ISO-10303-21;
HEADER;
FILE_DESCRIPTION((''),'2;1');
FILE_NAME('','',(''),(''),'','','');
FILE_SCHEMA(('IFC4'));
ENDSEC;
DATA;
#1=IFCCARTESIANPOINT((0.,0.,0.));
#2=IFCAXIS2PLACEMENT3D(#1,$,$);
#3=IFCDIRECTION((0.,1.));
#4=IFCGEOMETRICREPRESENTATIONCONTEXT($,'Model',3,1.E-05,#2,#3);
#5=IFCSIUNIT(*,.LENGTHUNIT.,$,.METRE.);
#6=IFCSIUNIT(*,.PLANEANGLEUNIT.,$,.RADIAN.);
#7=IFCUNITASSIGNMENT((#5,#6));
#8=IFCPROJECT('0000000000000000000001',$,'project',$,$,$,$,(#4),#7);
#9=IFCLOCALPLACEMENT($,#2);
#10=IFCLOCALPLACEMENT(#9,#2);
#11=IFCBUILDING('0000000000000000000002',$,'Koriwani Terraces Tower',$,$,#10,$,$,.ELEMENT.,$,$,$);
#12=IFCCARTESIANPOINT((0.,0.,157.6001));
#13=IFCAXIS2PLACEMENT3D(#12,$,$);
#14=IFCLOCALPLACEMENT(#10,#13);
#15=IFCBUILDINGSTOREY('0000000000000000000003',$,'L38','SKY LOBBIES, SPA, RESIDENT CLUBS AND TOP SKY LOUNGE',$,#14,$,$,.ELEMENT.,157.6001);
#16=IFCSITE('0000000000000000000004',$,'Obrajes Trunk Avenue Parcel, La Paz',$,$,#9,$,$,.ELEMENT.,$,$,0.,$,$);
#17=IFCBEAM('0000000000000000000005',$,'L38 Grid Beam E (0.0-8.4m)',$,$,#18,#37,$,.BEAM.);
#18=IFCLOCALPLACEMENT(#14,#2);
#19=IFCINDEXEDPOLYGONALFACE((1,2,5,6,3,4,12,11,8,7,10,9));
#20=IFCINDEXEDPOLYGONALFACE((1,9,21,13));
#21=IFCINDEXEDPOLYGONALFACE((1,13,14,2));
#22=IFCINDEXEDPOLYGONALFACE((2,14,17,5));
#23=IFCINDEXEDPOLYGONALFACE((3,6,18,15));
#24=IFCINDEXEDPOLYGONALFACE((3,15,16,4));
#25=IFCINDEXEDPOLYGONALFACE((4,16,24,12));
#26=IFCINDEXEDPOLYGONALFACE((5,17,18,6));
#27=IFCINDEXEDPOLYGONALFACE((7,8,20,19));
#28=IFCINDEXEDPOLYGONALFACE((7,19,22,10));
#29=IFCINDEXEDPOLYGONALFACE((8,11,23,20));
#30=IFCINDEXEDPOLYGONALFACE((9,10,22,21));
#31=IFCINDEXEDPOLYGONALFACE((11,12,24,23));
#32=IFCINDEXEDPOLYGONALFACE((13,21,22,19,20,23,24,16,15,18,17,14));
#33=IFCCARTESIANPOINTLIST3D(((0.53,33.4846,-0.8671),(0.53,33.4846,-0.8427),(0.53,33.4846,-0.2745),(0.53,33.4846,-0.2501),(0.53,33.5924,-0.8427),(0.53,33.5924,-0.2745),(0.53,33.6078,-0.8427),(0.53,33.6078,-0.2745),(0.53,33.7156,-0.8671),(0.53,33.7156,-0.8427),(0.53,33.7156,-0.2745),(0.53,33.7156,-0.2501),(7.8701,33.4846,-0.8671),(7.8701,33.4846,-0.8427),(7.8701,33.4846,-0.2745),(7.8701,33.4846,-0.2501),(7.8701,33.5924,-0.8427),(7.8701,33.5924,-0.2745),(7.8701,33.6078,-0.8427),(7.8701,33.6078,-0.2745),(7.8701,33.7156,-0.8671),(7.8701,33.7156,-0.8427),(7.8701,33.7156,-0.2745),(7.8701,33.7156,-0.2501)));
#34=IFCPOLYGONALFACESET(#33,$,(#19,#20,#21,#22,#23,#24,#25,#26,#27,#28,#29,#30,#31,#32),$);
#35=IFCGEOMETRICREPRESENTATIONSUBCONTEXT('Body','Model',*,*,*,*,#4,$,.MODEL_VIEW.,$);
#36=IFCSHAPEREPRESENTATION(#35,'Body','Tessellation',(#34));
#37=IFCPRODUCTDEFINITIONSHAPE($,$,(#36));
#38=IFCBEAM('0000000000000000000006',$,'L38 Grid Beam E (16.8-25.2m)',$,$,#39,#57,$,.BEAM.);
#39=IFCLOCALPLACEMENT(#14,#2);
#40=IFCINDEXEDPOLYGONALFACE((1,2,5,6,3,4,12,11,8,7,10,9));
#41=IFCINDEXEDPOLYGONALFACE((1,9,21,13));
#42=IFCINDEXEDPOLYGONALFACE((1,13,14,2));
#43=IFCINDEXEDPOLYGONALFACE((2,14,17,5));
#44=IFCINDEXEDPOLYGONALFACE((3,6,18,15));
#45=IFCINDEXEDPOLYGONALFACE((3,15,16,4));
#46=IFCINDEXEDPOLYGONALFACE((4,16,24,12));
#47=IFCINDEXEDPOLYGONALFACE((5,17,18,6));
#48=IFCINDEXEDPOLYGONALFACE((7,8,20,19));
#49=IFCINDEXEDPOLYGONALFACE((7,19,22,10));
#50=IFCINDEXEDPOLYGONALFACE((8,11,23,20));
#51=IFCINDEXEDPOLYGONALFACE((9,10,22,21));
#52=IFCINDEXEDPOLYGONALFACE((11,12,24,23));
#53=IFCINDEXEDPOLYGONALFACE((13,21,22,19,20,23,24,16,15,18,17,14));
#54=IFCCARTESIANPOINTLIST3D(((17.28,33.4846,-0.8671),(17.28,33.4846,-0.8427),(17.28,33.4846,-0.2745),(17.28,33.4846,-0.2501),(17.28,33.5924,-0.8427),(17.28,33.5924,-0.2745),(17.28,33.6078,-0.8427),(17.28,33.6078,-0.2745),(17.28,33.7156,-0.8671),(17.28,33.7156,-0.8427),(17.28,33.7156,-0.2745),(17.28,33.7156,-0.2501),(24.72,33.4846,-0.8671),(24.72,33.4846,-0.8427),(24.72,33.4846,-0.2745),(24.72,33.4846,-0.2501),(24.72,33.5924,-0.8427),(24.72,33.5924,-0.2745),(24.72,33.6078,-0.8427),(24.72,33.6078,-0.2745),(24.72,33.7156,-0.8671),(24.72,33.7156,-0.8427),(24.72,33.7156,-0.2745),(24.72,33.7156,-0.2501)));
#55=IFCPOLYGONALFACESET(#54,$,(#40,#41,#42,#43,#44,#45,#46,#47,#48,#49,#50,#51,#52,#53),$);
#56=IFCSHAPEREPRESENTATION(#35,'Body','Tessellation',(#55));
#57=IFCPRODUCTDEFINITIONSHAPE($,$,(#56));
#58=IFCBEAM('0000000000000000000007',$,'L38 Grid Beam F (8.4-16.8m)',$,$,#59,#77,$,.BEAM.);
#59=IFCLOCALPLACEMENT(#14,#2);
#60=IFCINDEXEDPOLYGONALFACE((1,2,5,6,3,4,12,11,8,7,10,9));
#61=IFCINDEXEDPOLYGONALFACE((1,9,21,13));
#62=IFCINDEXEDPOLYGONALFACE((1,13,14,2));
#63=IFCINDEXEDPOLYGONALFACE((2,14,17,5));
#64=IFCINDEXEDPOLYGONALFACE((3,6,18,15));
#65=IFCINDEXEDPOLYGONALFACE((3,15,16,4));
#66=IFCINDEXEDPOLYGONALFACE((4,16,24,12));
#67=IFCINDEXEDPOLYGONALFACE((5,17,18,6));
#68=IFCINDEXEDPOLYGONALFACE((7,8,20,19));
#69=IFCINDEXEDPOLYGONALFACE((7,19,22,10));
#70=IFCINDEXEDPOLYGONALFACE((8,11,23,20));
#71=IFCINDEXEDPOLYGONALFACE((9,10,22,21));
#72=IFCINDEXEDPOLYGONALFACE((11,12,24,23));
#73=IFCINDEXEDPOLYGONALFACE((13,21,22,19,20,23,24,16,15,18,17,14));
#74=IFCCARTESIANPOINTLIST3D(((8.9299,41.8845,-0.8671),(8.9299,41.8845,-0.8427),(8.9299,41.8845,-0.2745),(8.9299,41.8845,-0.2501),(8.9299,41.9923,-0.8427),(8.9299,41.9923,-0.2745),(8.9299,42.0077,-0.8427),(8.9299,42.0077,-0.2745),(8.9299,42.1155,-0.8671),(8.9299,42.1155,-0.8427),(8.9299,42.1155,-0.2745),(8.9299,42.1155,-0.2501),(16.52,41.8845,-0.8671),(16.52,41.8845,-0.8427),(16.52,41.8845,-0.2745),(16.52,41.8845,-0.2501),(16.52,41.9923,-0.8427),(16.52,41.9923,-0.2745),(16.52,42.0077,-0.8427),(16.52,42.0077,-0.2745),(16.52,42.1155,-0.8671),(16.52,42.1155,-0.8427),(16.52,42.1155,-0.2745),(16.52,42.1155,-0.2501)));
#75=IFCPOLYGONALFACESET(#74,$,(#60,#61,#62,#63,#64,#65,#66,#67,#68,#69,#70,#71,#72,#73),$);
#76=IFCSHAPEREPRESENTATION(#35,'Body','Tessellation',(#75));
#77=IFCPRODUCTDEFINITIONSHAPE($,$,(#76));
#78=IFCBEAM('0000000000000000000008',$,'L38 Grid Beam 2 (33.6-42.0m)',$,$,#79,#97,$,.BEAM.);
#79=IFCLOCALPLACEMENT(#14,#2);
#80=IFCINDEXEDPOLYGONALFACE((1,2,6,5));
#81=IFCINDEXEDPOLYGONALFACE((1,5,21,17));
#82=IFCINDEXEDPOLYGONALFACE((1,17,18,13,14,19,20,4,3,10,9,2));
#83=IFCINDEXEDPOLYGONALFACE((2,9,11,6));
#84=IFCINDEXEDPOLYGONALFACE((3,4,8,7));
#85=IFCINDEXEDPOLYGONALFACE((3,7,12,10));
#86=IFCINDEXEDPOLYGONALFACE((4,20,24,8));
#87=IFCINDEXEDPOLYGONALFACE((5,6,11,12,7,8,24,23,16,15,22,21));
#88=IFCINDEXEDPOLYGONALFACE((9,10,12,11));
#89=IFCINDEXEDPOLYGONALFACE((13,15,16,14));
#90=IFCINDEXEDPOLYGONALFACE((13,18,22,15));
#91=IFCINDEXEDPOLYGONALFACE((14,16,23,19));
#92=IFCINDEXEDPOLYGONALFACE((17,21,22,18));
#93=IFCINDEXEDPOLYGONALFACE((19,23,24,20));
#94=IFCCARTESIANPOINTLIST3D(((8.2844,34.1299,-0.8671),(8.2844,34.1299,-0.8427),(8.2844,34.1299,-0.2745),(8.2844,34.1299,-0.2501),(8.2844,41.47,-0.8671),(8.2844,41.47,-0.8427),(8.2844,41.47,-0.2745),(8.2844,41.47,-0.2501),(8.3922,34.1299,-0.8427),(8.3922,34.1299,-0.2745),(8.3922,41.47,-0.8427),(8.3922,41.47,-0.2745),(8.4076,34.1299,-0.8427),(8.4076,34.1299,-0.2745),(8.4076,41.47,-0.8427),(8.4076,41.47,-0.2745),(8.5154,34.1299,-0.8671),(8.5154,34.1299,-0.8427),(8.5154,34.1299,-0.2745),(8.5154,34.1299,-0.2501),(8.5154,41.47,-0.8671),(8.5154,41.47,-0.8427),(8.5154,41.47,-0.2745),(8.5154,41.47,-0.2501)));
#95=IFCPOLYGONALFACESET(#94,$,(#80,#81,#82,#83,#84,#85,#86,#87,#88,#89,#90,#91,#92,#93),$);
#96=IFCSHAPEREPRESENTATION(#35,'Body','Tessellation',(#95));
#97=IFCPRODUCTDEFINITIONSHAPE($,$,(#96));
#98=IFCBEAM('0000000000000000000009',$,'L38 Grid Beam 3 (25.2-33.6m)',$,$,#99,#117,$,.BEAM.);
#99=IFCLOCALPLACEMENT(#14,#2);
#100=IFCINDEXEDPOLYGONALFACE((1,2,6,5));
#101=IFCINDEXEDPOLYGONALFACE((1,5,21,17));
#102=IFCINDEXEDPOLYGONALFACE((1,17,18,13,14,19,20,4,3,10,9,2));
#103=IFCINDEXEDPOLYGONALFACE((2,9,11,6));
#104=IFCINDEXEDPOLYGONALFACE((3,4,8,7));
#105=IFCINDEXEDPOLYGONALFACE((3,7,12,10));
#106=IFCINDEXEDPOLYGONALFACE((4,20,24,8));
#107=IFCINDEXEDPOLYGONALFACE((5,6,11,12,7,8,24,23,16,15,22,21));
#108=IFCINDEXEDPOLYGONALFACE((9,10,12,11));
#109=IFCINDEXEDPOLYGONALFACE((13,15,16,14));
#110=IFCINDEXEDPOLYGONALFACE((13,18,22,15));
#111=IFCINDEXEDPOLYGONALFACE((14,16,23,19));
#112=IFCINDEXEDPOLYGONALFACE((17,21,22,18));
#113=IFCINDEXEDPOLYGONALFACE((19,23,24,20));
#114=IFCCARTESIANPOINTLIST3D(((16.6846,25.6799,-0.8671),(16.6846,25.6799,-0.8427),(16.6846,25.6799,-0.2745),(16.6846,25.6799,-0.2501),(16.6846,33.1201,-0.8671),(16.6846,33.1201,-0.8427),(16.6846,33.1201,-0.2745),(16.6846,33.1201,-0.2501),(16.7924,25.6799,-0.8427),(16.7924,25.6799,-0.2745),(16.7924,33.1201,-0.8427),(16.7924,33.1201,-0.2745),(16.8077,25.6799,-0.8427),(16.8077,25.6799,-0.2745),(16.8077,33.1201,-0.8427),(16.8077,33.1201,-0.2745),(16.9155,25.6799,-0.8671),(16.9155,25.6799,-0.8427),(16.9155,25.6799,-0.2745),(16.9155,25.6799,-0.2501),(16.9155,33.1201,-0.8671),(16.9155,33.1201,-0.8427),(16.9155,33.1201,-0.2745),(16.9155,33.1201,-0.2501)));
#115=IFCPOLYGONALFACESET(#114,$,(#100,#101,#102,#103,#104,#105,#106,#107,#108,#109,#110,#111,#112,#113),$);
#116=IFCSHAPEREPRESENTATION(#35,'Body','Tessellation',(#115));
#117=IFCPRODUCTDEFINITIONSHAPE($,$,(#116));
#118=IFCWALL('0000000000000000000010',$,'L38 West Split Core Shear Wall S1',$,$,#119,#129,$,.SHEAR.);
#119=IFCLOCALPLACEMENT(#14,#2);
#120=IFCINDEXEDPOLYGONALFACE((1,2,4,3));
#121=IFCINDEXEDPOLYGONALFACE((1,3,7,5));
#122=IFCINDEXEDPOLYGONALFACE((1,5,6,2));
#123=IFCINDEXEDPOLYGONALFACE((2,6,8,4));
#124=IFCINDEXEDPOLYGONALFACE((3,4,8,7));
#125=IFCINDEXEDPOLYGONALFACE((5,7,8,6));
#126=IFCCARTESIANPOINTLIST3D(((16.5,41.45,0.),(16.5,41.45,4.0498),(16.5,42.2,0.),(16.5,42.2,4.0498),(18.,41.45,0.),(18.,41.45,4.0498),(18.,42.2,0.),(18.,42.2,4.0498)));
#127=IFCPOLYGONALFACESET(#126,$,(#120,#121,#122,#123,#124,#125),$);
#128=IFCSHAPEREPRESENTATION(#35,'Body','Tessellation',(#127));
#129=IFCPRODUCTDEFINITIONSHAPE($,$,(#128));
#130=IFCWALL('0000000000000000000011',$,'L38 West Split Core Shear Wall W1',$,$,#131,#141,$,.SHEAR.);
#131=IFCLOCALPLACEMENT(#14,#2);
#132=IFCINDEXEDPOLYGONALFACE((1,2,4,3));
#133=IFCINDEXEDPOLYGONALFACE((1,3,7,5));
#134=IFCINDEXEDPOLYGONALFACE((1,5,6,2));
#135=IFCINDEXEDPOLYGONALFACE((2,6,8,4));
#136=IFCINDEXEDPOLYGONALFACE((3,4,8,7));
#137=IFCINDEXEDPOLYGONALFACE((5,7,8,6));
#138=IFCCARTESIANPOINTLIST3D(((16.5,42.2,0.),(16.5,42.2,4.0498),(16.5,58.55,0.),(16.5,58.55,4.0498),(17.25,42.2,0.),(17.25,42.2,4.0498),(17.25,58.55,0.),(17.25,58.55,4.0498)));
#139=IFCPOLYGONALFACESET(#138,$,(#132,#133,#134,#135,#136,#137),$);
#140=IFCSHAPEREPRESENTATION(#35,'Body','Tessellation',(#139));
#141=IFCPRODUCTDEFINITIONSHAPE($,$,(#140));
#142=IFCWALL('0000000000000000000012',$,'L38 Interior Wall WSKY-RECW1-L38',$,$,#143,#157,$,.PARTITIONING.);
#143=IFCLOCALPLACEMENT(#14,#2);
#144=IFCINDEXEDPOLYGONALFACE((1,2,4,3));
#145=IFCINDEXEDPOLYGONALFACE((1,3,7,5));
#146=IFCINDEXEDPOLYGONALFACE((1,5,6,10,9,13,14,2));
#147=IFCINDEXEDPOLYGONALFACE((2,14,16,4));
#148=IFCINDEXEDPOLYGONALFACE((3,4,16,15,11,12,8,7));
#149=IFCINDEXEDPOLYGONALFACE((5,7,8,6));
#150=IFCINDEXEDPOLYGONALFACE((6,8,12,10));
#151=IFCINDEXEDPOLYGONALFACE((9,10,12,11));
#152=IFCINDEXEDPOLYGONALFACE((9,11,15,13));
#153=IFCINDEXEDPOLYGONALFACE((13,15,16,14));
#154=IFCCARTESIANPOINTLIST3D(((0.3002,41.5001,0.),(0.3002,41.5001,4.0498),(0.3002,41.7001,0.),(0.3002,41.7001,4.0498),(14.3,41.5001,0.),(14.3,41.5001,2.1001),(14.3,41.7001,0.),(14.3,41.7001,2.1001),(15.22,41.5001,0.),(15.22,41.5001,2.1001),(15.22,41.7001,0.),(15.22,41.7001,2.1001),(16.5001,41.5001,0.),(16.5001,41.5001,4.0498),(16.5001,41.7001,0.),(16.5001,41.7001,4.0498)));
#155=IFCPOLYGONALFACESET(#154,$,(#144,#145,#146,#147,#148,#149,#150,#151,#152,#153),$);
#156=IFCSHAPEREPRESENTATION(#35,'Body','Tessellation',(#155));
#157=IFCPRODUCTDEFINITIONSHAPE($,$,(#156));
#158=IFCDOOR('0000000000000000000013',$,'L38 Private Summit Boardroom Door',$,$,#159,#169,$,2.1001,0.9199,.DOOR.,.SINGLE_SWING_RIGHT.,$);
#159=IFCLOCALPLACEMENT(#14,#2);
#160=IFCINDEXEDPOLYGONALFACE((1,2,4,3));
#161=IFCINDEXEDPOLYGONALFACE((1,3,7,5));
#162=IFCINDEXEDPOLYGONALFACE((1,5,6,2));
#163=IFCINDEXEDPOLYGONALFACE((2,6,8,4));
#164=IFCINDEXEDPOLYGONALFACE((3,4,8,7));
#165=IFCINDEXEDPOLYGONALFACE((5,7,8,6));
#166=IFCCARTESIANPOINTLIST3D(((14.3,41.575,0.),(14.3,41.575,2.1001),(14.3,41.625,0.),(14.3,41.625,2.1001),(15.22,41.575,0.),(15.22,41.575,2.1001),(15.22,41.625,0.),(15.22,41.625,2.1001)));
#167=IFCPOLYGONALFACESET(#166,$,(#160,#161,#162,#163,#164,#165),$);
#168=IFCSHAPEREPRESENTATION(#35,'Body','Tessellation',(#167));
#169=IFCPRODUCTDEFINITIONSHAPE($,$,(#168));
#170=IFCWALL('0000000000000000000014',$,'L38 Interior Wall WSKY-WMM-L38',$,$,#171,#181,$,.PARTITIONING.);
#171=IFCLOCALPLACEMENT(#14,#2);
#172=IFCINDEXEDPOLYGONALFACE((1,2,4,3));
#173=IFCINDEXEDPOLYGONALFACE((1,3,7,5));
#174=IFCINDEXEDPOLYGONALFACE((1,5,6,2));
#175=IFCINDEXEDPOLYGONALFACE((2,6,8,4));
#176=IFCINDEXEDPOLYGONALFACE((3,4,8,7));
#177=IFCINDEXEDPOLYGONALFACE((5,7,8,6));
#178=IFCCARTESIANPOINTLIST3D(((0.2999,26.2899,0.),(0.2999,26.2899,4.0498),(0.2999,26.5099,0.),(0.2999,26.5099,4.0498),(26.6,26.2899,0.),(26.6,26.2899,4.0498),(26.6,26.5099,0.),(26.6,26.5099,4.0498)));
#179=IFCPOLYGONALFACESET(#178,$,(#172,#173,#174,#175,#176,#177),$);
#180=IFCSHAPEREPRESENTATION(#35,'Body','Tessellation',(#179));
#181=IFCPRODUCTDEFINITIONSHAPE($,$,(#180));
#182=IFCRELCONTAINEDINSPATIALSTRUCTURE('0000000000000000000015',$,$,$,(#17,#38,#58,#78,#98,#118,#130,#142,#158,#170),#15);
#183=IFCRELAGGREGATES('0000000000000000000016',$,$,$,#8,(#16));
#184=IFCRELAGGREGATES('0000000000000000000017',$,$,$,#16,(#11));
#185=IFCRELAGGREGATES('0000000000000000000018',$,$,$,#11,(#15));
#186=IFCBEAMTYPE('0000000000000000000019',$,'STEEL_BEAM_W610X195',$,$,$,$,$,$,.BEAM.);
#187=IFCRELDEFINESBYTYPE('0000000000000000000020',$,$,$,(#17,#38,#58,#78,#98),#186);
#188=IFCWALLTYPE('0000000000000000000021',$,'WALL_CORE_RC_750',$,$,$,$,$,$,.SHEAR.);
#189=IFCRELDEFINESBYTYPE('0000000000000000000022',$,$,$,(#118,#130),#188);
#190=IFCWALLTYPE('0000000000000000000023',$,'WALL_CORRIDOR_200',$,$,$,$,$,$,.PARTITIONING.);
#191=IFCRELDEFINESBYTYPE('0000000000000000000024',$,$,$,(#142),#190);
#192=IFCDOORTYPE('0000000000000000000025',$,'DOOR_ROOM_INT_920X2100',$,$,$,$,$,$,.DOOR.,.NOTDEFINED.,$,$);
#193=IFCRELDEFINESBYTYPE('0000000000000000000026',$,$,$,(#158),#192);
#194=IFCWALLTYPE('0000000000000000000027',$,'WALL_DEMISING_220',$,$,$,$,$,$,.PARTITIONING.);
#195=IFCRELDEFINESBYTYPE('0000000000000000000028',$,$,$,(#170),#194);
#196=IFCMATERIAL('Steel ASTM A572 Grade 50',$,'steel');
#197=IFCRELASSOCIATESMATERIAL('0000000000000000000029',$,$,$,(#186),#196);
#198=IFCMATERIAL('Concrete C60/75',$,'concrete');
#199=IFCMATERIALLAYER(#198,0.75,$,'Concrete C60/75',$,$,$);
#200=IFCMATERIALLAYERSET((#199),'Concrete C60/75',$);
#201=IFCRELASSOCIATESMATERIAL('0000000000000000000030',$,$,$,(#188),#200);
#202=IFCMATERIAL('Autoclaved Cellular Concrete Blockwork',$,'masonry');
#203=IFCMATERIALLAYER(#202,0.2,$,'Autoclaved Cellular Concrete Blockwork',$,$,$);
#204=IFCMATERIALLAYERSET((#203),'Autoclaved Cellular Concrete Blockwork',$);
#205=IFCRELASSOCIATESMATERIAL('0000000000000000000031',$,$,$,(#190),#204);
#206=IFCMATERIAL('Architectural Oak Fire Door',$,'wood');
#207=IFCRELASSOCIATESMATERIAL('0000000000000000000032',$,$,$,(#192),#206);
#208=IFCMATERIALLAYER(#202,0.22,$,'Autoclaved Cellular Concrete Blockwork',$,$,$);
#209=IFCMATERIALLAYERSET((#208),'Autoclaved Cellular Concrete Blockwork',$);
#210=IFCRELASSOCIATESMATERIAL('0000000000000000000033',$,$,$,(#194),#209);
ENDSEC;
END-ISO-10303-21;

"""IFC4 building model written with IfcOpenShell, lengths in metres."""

from ifc_helpers import new_model, si_unit, direction, frame, frame_2d, origin, origin_2d, place, context, subcontext, project, spatial, rectangle, i_section, extrude, material, layer, layer_set, material_profile, profile_set, type_object, element, fill, save


model = new_model("IFC4")

# Units and contexts
model_context = context("Model", 3, precision=1e-05, world=origin(), true_north=direction((0.0, 1.0)))
body_context = subcontext(model_context, "Body", "Model", "MODEL_VIEW")
ifc_project = project(units=[si_unit("LENGTHUNIT", "METRE"), si_unit("PLANEANGLEUNIT", "RADIAN")], contexts=[model_context])

# Site, building, storey
site_placement = place(None, origin())
site = spatial("IfcSite", under=ifc_project, at=site_placement, Name="Obrajes Trunk Avenue Parcel, La Paz", CompositionType="ELEMENT", RefElevation=0.0)
building_placement = place(site_placement, origin())
building = spatial("IfcBuilding", under=site, at=building_placement, Name="Koriwani Terraces Tower", CompositionType="ELEMENT")
storey_placement = place(building_placement, frame((0.0, 0.0, 157.6001)))
storey = spatial("IfcBuildingStorey", under=building, at=storey_placement, Name="L38", Description="SKY LOBBIES, SPA, RESIDENT CLUBS AND TOP SKY LOUNGE", CompositionType="ELEMENT", Elevation=157.6001)

# Beams
ifc_material_1 = material(Name="Concrete C60/75", Category="concrete")
ifc_material_2 = material(Name="Steel ASTM A572 Grade 50", Category="steel")
ifc_material_profile_1 = material_profile(ifc_material_2, i_section(OverallWidth=0.231, OverallDepth=0.6169, WebThickness=0.0154, FlangeThickness=0.0244, at=origin_2d()), Name="Steel ASTM A572 Grade 50", Category="LoadBearing")
ifc_profile_set_1 = profile_set([ifc_material_profile_1], Name="Steel ASTM A572 Grade 50")
beam_type_1 = type_object("IfcBeamType", Name="STEEL_BEAM_W610X195", PredefinedType="BEAM", material=ifc_profile_set_1)
beam_1_placement = place(storey_placement, frame((0.53, 33.6001, -0.5586), z_axis=(1.0, 0.0, 0.0), x_axis=(0.0, 1.0, 0.0)))
element("IfcBeam", 1, at=beam_1_placement, inside=storey, type_object=beam_type_1, Name="L38 Grid Beam E (0.0-8.4m)", PredefinedType="BEAM", context=body_context, shape_type="SweptSolid", body=[
    extrude(i_section(OverallWidth=0.231, OverallDepth=0.6169, WebThickness=0.0154, FlangeThickness=0.0244, at=origin_2d()), origin(), (0.0, 0.0, 1.0), 7.3401),
])
beam_2_placement = place(storey_placement, frame((17.28, 33.6001, -0.5586), z_axis=(1.0, 0.0, 0.0), x_axis=(0.0, 1.0, 0.0)))
element("IfcBeam", 2, at=beam_2_placement, inside=storey, type_object=beam_type_1, Name="L38 Grid Beam E (16.8-25.2m)", PredefinedType="BEAM", context=body_context, shape_type="SweptSolid", body=[
    extrude(i_section(OverallWidth=0.231, OverallDepth=0.6169, WebThickness=0.0154, FlangeThickness=0.0244, at=origin_2d()), origin(), (0.0, 0.0, 1.0), 7.4399),
])
beam_3_placement = place(storey_placement, frame((8.9299, 42.0, -0.5586), z_axis=(1.0, 0.0, 0.0), x_axis=(0.0, 1.0, 0.0)))
element("IfcBeam", 3, at=beam_3_placement, inside=storey, type_object=beam_type_1, Name="L38 Grid Beam F (8.4-16.8m)", PredefinedType="BEAM", context=body_context, shape_type="SweptSolid", body=[
    extrude(i_section(OverallWidth=0.231, OverallDepth=0.6169, WebThickness=0.0154, FlangeThickness=0.0244, at=origin_2d()), origin(), (0.0, 0.0, 1.0), 7.5901),
])
beam_4_placement = place(storey_placement, frame((8.3999, 34.1299, -0.5586), z_axis=(0.0, 1.0, 0.0), x_axis=(-1.0, 0.0, 0.0)))
element("IfcBeam", 4, at=beam_4_placement, inside=storey, type_object=beam_type_1, Name="L38 Grid Beam 2 (33.6-42.0m)", PredefinedType="BEAM", context=body_context, shape_type="SweptSolid", body=[
    extrude(i_section(OverallWidth=0.231, OverallDepth=0.6169, WebThickness=0.0154, FlangeThickness=0.0244, at=origin_2d()), origin(), (0.0, 0.0, 1.0), 7.3401),
])
beam_5_placement = place(storey_placement, frame((16.8, 25.6799, -0.5586), z_axis=(0.0, 1.0, 0.0), x_axis=(-1.0, 0.0, 0.0)))
element("IfcBeam", 5, at=beam_5_placement, inside=storey, type_object=beam_type_1, Name="L38 Grid Beam 3 (25.2-33.6m)", PredefinedType="BEAM", context=body_context, shape_type="SweptSolid", body=[
    extrude(i_section(OverallWidth=0.231, OverallDepth=0.6169, WebThickness=0.0154, FlangeThickness=0.0244, at=origin_2d()), origin(), (0.0, 0.0, 1.0), 7.4402),
])

# Walls
ifc_layer_1 = layer(ifc_material_1, 0.75, Name="Concrete C60/75")
ifc_layer_set_1 = layer_set([ifc_layer_1], Name="Concrete C60/75")
wall_type_1 = type_object("IfcWallType", Name="WALL_CORE_RC_750", PredefinedType="SHEAR", material=ifc_layer_set_1)
wall_1_placement = place(storey_placement, frame((16.5, 41.825, 0.0), z_axis=(0.0, 0.0, 1.0), x_axis=(1.0, 0.0, 0.0)))
element("IfcWall", 6, at=wall_1_placement, inside=storey, type_object=wall_type_1, Name="L38 West Split Core Shear Wall S1", PredefinedType="SHEAR", context=body_context, shape_type="SweptSolid", body=[
    extrude(rectangle(XDim=1.5, YDim=0.75, at=frame_2d((0.75, 0.0))), origin(), (0.0, 0.0, 1.0), 4.0498),
])
wall_2_placement = place(storey_placement, frame((16.875, 42.2, 0.0), z_axis=(0.0, 0.0, 1.0), x_axis=(0.0, 1.0, 0.0)))
element("IfcWall", 7, at=wall_2_placement, inside=storey, type_object=wall_type_1, Name="L38 West Split Core Shear Wall W1", PredefinedType="SHEAR", context=body_context, shape_type="SweptSolid", body=[
    extrude(rectangle(XDim=16.3501, YDim=0.75, at=frame_2d((8.175, 0.0))), origin(), (0.0, 0.0, 1.0), 4.0498),
])

# Wall, opening, door
ifc_material_3 = material(Name="Autoclaved Cellular Concrete Blockwork", Category="masonry")
ifc_layer_2 = layer(ifc_material_3, 0.2, Name="Autoclaved Cellular Concrete Blockwork")
ifc_layer_set_2 = layer_set([ifc_layer_2], Name="Autoclaved Cellular Concrete Blockwork")
wall_type_2 = type_object("IfcWallType", Name="WALL_CORRIDOR_200", PredefinedType="PARTITIONING", material=ifc_layer_set_2)
wall_3_placement = place(storey_placement, frame((0.3, 41.6001, 0.0), z_axis=(0.0, 0.0, 1.0), x_axis=(1.0, 0.0, 0.0)))
wall_3 = element("IfcWall", 8, at=wall_3_placement, inside=storey, type_object=wall_type_2, Name="L38 Interior Wall WSKY-RECW1-L38", PredefinedType="PARTITIONING", context=body_context, shape_type="SweptSolid", body=[
    extrude(rectangle(XDim=16.2, YDim=0.2, at=frame_2d((8.1001, 0.0))), origin(), (0.0, 0.0, 1.0), 4.0498),
])
opening_1_placement = place(wall_3_placement, frame((14.0, 0.0, 0.0)))
opening_1 = element("IfcOpeningElement", 9, at=opening_1_placement, cuts=wall_3, PredefinedType="OPENING", context=body_context, shape_type="SweptSolid", body=[
    extrude(rectangle(XDim=0.9199, YDim=2.1001, at=frame_2d((0.46, 1.05))), frame((0.0, 0.1099, 0.0), z_axis=(0.0, -1.0, 0.0), x_axis=(1.0, 0.0, 0.0)), (0.0, 0.0, 1.0), 0.22),
])
ifc_material_4 = material(Name="Architectural Oak Fire Door", Category="wood")
door_type_1 = type_object("IfcDoorType", Name="DOOR_ROOM_INT_920X2100", OperationType="NOTDEFINED", PredefinedType="DOOR", material=ifc_material_4)
door_1_placement = place(opening_1_placement, origin())
door_1 = element("IfcDoor", 10, at=door_1_placement, inside=storey, type_object=door_type_1, Name="L38 Private Summit Boardroom Door", OperationType="SINGLE_SWING_RIGHT", OverallHeight=2.1001, OverallWidth=0.9199, PredefinedType="DOOR", context=body_context, shape_type="SweptSolid", body=[
    extrude(rectangle(XDim=0.9199, YDim=2.1001, at=frame_2d((0.46, 1.05))), frame((0.0, 0.0249, 0.0), z_axis=(0.0, -1.0, 0.0), x_axis=(1.0, 0.0, 0.0)), (0.0, 0.0, 1.0), 0.05),
])
fill(opening_1, door_1)

# Wall
ifc_layer_3 = layer(ifc_material_3, 0.22, Name="Autoclaved Cellular Concrete Blockwork")
ifc_layer_set_3 = layer_set([ifc_layer_3], Name="Autoclaved Cellular Concrete Blockwork")
wall_type_3 = type_object("IfcWallType", Name="WALL_DEMISING_220", PredefinedType="PARTITIONING", material=ifc_layer_set_3)
for number, where, z_axis, x_axis, name in (
    (11, (0.3, 26.3999, 0.0), (0.0, 0.0, 1.0), (1.0, 0.0, 0.0), "L38 Interior Wall WSKY-WMM-L38"),
):
    element("IfcWall", number, at=place(storey_placement, frame(where, z_axis=z_axis, x_axis=x_axis)), inside=storey, type_object=wall_type_3, Name=name, PredefinedType="PARTITIONING", context=body_context, shape_type="SweptSolid", body=[
        extrude(rectangle(XDim=26.3, YDim=0.22, at=frame_2d((13.1499, 0.0))), origin(), (0.0, 0.0, 1.0), 4.0498),
    ])

save(model, "model.ifc")
